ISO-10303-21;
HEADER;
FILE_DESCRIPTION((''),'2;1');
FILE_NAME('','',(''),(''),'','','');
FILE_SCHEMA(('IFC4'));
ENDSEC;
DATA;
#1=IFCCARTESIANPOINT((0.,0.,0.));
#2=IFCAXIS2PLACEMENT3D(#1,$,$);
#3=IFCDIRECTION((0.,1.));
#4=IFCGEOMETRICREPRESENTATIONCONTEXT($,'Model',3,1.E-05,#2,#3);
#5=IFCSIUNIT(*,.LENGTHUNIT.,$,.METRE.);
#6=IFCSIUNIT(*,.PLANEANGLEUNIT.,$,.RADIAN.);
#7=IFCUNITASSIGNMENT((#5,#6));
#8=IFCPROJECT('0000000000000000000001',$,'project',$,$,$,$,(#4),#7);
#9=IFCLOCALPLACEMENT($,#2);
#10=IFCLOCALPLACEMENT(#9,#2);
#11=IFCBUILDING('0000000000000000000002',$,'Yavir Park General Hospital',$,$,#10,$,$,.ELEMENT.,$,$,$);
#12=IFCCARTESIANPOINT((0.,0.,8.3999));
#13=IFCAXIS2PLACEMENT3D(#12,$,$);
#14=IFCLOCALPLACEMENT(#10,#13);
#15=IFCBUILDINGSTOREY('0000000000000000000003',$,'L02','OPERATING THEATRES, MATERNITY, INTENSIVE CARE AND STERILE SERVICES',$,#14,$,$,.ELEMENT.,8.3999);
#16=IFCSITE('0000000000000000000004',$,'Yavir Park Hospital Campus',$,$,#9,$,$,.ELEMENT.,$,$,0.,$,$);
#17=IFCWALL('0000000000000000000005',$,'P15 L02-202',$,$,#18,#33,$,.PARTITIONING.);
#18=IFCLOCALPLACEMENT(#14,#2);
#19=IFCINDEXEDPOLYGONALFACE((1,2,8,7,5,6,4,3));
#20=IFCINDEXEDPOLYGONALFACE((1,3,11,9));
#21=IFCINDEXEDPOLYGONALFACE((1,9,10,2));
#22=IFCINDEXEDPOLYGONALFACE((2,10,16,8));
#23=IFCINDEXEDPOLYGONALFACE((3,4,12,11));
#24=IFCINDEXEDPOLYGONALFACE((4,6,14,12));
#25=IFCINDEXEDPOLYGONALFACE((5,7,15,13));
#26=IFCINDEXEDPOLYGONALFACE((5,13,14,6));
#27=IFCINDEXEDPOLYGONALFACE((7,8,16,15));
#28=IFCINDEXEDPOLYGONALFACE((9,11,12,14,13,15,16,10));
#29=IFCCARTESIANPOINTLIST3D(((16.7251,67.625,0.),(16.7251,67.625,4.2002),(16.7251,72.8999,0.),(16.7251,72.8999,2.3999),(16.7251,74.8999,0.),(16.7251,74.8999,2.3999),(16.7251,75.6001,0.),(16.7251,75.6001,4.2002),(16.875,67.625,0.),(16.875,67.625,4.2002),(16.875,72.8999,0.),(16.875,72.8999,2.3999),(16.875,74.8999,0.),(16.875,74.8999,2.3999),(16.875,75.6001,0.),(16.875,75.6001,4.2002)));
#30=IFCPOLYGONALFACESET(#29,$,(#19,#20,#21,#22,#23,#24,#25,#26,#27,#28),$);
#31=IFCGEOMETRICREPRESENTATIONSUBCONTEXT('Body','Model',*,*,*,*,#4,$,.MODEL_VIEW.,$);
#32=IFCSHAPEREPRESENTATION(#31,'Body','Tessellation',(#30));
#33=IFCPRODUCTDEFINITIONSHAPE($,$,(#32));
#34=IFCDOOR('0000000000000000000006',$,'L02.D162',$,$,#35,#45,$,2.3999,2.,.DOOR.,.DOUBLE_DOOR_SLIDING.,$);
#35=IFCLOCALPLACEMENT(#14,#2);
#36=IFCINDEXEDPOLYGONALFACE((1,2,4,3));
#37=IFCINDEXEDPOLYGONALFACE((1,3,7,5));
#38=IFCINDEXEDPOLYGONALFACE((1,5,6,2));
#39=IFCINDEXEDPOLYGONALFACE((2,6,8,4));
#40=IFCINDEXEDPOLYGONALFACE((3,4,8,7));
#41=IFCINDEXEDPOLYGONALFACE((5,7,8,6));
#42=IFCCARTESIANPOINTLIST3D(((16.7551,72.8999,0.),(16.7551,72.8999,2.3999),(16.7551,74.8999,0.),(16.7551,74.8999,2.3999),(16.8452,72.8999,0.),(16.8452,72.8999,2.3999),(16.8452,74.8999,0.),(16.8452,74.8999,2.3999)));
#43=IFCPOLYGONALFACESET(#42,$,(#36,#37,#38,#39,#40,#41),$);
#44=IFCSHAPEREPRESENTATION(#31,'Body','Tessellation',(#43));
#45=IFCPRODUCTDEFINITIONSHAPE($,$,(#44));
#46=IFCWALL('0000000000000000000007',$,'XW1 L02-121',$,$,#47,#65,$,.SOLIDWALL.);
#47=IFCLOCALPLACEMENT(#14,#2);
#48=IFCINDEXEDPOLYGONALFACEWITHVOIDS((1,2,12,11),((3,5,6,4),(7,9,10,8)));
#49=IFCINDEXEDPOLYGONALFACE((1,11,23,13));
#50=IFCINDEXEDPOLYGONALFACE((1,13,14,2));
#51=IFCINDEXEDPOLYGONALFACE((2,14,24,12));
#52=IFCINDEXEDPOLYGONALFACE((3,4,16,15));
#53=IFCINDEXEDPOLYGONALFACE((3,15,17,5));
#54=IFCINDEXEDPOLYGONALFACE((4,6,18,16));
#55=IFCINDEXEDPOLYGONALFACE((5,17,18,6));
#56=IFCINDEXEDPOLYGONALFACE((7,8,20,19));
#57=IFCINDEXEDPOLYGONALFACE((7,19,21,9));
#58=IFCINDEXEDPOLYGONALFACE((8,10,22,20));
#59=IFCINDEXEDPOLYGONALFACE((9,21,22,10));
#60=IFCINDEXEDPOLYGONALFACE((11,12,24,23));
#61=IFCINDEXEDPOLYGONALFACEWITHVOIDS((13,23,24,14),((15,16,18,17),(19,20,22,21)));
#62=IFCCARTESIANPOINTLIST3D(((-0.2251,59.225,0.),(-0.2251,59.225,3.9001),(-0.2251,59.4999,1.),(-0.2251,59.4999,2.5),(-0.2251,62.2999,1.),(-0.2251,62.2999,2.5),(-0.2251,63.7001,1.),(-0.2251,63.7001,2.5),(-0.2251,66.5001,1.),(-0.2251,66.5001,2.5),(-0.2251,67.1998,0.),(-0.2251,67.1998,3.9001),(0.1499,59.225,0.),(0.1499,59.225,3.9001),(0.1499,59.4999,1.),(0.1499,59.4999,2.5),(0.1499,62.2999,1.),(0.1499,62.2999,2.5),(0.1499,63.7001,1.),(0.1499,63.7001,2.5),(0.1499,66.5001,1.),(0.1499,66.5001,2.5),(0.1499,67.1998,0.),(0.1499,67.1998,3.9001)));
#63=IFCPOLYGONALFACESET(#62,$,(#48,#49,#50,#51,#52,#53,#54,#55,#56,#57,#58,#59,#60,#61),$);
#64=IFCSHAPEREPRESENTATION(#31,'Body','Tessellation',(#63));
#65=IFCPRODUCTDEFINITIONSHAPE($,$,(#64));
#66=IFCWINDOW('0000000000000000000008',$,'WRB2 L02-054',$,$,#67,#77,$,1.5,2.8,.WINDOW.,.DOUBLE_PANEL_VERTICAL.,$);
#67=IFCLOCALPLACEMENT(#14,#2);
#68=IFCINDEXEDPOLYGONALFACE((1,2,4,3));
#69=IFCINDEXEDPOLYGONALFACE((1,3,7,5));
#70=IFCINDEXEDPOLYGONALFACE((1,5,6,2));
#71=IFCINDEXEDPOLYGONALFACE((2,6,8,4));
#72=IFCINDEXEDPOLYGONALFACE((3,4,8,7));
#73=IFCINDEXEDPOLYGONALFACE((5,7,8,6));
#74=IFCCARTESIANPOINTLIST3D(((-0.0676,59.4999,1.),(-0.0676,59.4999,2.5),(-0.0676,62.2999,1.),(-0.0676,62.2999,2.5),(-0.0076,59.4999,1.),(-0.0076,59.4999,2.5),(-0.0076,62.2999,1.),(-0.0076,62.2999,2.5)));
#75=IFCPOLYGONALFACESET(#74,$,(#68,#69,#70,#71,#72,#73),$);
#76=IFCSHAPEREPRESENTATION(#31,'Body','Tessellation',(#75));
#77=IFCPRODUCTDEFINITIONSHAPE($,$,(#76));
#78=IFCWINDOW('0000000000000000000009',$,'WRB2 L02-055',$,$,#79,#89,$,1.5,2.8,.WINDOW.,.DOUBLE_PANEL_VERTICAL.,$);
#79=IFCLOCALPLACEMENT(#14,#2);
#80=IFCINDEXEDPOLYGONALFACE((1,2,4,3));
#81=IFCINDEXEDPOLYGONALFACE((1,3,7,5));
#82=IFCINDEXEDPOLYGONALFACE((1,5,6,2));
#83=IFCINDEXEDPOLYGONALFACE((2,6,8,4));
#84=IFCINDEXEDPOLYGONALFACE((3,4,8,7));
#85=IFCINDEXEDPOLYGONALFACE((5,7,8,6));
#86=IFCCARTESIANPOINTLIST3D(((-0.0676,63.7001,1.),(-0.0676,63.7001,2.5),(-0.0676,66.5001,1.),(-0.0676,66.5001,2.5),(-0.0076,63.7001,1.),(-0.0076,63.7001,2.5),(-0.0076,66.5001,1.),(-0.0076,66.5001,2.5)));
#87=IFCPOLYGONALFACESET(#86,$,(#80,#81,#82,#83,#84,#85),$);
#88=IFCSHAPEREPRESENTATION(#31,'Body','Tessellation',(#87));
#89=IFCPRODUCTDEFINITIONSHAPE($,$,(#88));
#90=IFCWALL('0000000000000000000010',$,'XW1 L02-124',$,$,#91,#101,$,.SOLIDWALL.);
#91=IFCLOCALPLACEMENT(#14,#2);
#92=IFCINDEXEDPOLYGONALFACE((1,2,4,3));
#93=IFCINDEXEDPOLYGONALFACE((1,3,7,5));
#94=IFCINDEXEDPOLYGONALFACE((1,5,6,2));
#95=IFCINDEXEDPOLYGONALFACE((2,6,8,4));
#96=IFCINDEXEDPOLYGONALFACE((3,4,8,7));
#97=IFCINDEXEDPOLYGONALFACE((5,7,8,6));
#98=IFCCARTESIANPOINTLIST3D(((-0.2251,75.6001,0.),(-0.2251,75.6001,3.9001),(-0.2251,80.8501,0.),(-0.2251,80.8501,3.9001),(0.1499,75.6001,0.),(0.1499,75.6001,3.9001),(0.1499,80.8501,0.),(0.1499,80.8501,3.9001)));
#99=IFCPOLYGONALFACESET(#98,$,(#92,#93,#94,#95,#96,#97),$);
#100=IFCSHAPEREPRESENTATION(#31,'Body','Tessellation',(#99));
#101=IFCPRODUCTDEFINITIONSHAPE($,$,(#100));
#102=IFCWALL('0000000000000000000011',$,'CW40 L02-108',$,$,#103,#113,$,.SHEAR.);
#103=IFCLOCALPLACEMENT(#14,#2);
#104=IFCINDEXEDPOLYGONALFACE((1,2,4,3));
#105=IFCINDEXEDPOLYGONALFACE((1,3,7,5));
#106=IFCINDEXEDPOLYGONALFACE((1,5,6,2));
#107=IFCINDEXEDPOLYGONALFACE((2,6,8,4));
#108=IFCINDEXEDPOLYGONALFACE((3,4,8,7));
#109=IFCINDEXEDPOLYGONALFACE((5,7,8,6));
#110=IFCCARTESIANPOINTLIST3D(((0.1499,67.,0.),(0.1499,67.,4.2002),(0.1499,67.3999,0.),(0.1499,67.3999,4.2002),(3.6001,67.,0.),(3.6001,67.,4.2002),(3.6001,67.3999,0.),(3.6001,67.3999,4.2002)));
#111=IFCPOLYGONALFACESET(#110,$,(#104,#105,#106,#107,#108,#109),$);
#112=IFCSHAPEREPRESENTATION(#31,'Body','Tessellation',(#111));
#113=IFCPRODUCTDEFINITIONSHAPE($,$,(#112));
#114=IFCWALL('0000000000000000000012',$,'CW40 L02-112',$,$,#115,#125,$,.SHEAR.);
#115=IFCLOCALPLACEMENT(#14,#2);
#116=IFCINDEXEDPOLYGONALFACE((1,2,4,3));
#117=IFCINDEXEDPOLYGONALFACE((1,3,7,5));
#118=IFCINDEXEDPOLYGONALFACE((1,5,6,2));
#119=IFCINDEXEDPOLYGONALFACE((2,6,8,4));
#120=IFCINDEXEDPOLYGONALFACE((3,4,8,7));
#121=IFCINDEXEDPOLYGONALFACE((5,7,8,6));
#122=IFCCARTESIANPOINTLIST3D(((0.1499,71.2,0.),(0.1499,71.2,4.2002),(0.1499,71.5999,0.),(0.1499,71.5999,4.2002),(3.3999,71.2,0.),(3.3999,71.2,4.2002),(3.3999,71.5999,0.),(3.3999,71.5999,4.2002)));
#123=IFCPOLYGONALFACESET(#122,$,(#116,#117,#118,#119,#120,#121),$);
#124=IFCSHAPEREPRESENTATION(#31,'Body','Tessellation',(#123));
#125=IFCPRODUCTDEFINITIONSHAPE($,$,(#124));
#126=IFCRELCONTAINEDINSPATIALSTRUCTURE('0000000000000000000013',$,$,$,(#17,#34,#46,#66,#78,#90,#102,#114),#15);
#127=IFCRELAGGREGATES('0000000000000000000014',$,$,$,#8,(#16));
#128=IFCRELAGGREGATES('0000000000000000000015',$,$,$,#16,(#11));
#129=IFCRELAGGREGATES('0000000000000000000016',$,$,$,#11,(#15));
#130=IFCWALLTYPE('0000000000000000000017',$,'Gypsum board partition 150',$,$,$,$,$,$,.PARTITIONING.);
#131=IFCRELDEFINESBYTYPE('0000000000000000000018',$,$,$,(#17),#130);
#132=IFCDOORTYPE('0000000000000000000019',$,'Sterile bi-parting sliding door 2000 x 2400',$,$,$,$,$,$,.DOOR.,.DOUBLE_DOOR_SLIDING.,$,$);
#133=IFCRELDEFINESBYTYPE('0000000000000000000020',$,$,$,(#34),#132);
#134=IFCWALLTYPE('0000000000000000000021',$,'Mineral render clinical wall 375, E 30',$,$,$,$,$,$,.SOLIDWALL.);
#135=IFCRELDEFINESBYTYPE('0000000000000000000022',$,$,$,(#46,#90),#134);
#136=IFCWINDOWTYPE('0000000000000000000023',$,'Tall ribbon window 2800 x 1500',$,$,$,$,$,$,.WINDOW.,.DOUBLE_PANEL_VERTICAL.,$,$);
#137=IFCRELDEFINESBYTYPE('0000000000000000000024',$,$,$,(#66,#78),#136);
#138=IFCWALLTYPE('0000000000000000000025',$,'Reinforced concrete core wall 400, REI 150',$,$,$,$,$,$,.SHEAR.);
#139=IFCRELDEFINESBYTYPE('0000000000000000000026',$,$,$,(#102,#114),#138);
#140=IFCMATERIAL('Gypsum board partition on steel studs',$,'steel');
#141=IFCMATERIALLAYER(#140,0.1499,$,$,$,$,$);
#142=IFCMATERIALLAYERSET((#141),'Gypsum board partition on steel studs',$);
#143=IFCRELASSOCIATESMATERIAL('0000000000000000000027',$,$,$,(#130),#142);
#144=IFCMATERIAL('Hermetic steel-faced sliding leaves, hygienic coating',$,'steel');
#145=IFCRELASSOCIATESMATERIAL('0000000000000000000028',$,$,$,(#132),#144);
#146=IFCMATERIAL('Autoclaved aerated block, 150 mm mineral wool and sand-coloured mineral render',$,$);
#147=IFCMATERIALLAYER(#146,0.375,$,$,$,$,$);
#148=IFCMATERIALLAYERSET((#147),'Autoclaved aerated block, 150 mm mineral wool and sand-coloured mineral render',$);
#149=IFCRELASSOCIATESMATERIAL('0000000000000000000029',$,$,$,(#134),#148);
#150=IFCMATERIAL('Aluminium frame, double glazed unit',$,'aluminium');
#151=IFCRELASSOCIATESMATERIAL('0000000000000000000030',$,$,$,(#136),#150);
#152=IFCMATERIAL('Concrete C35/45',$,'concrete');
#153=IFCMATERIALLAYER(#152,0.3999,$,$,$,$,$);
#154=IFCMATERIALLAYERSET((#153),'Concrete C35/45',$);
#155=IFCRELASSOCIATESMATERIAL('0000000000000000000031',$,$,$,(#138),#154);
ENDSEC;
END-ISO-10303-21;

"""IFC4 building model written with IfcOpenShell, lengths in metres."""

from ifc_helpers import new_model, si_unit, direction, frame, frame_2d, origin, place, context, subcontext, project, spatial, rectangle, extrude, material, layer, layer_set, type_object, element, fill, save


model = new_model("IFC4")

# Units and contexts
model_context = context("Model", 3, precision=1e-05, world=origin(), true_north=direction((0.0, 1.0)))
body_context = subcontext(model_context, "Body", "Model", "MODEL_VIEW")
ifc_project = project(units=[si_unit("LENGTHUNIT", "METRE"), si_unit("PLANEANGLEUNIT", "RADIAN")], contexts=[model_context])

# Site, building, storey
site_placement = place(None, origin())
site = spatial("IfcSite", under=ifc_project, at=site_placement, Name="Yavir Park Hospital Campus", CompositionType="ELEMENT", RefElevation=0.0)
building_placement = place(site_placement, origin())
building = spatial("IfcBuilding", under=site, at=building_placement, Name="Yavir Park General Hospital", CompositionType="ELEMENT")
storey_placement = place(building_placement, frame((0.0, 0.0, 8.3999)))
storey = spatial("IfcBuildingStorey", under=building, at=storey_placement, Name="L02", Description="OPERATING THEATRES, MATERNITY, INTENSIVE CARE AND STERILE SERVICES", CompositionType="ELEMENT", Elevation=8.3999)

# Shared definitions
ifc_material_1 = material(Name="Gypsum board partition on steel studs", Category="steel")
ifc_layer_1 = layer(ifc_material_1, 0.1499)
ifc_layer_set_1 = layer_set([ifc_layer_1], Name="Gypsum board partition on steel studs")
wall_type_1 = type_object("IfcWallType", Name="Gypsum board partition 150", PredefinedType="PARTITIONING", material=ifc_layer_set_1)

# Wall, opening, door
wall_1_placement = place(storey_placement, frame((16.8, 67.625, 0.0), z_axis=(0.0, 0.0, 1.0), x_axis=(0.0, 1.0, 0.0)))
wall_1 = element("IfcWall", 1, at=wall_1_placement, inside=storey, type_object=wall_type_1, Name="P15 L02-202", PredefinedType="PARTITIONING", context=body_context, shape_type="SweptSolid", body=[
    extrude(rectangle(XDim=7.9751, YDim=0.1499, at=frame_2d((3.9875, 0.0))), origin(), (0.0, 0.0, 1.0), 4.2002),
])
opening_1_placement = place(wall_1_placement, frame((5.2749, 0.0, 0.0)))
opening_1 = element("IfcOpeningElement", 2, at=opening_1_placement, cuts=wall_1, PredefinedType="OPENING", context=body_context, shape_type="SweptSolid", body=[
    extrude(rectangle(XDim=2.0, YDim=2.3999, at=frame_2d((1.0, 1.2))), frame((0.0, 0.085, 0.0), z_axis=(0.0, -1.0, 0.0), x_axis=(1.0, 0.0, 0.0)), (0.0, 0.0, 1.0), 0.1699),
])
ifc_material_2 = material(Name="Hermetic steel-faced sliding leaves, hygienic coating", Category="steel")
door_type_1 = type_object("IfcDoorType", Name="Sterile bi-parting sliding door 2000 x 2400", OperationType="DOUBLE_DOOR_SLIDING", PredefinedType="DOOR", material=ifc_material_2)
door_1_placement = place(opening_1_placement, origin())
door_1 = element("IfcDoor", 3, at=door_1_placement, inside=storey, type_object=door_type_1, Name="L02.D162", OperationType="DOUBLE_DOOR_SLIDING", OverallHeight=2.3999, OverallWidth=2.0, PredefinedType="DOOR", context=body_context, shape_type="SweptSolid", body=[
    extrude(rectangle(XDim=2.0, YDim=2.3999, at=frame_2d((1.0, 1.2))), frame((0.0, 0.0449, 0.0), z_axis=(0.0, -1.0, 0.0), x_axis=(1.0, 0.0, 0.0)), (0.0, 0.0, 1.0), 0.0901),
])
fill(opening_1, door_1)

# Wall, openings, windows
ifc_material_3 = material(Name="Autoclaved aerated block, 150 mm mineral wool and sand-coloured mineral render")
ifc_layer_2 = layer(ifc_material_3, 0.375)
ifc_layer_set_2 = layer_set([ifc_layer_2], Name="Autoclaved aerated block, 150 mm mineral wool and sand-coloured mineral render")
wall_type_2 = type_object("IfcWallType", Name="Mineral render clinical wall 375, E 30", PredefinedType="SOLIDWALL", material=ifc_layer_set_2)
wall_2_placement = place(storey_placement, frame((-0.0376, 59.2251, 0.0), z_axis=(0.0, 0.0, 1.0), x_axis=(0.0, 1.0, 0.0)))
wall_2 = element("IfcWall", 4, at=wall_2_placement, inside=storey, type_object=wall_type_2, Name="XW1 L02-121", PredefinedType="SOLIDWALL", context=body_context, shape_type="SweptSolid", body=[
    extrude(rectangle(XDim=7.9749, YDim=0.375, at=frame_2d((3.9873, 0.0))), origin(), (0.0, 0.0, 1.0), 3.9001),
])
opening_2_placement = place(wall_2_placement, frame((0.2749, 0.0, 1.0)))
opening_2 = element("IfcOpeningElement", 5, at=opening_2_placement, cuts=wall_2, PredefinedType="OPENING", context=body_context, shape_type="SweptSolid", body=[
    extrude(rectangle(XDim=2.8, YDim=1.5, at=frame_2d((1.3999, 0.75))), frame((0.0, 0.1975, 0.0), z_axis=(0.0, -1.0, 0.0), x_axis=(1.0, 0.0, 0.0)), (0.0, 0.0, 1.0), 0.395),
])
opening_3_placement = place(wall_2_placement, frame((4.4751, 0.0, 1.0)))
opening_3 = element("IfcOpeningElement", 6, at=opening_3_placement, cuts=wall_2, PredefinedType="OPENING", context=body_context, shape_type="SweptSolid", body=[
    extrude(rectangle(XDim=2.8, YDim=1.5, at=frame_2d((1.3999, 0.75))), frame((0.0, 0.1975, 0.0), z_axis=(0.0, -1.0, 0.0), x_axis=(1.0, 0.0, 0.0)), (0.0, 0.0, 1.0), 0.395),
])
ifc_material_4 = material(Name="Aluminium frame, double glazed unit", Category="aluminium")
window_type = type_object("IfcWindowType", Name="Tall ribbon window 2800 x 1500", PartitioningType="DOUBLE_PANEL_VERTICAL", PredefinedType="WINDOW", material=ifc_material_4)
window_1_placement = place(opening_2_placement, origin())
window_1 = element("IfcWindow", 7, at=window_1_placement, inside=storey, type_object=window_type, Name="WRB2 L02-054", OverallHeight=1.5, OverallWidth=2.8, PartitioningType="DOUBLE_PANEL_VERTICAL", PredefinedType="WINDOW", context=body_context, shape_type="SweptSolid", body=[
    extrude(rectangle(XDim=2.8, YDim=1.5, at=frame_2d((1.3999, 0.75))), frame((0.0, 0.03, 0.0), z_axis=(0.0, -1.0, 0.0), x_axis=(1.0, 0.0, 0.0)), (0.0, 0.0, 1.0), 0.0601),
])
fill(opening_2, window_1)
window_2_placement = place(opening_3_placement, origin())
window_2 = element("IfcWindow", 8, at=window_2_placement, inside=storey, type_object=window_type, Name="WRB2 L02-055", OverallHeight=1.5, OverallWidth=2.8, PartitioningType="DOUBLE_PANEL_VERTICAL", PredefinedType="WINDOW", context=body_context, shape_type="SweptSolid", body=[
    extrude(rectangle(XDim=2.8, YDim=1.5, at=frame_2d((1.3999, 0.75))), frame((0.0, 0.03, 0.0), z_axis=(0.0, -1.0, 0.0), x_axis=(1.0, 0.0, 0.0)), (0.0, 0.0, 1.0), 0.0601),
])
fill(opening_3, window_2)

# Walls
wall_3_placement = place(storey_placement, frame((-0.0376, 75.6001, 0.0), z_axis=(0.0, 0.0, 1.0), x_axis=(0.0, 1.0, 0.0)))
element("IfcWall", 9, at=wall_3_placement, inside=storey, type_object=wall_type_2, Name="XW1 L02-124", PredefinedType="SOLIDWALL", context=body_context, shape_type="SweptSolid", body=[
    extrude(rectangle(XDim=5.25, YDim=0.375, at=frame_2d((2.625, 0.0))), origin(), (0.0, 0.0, 1.0), 3.9001),
])
ifc_material_5 = material(Name="Concrete C35/45", Category="concrete")
ifc_layer_3 = layer(ifc_material_5, 0.3999)
ifc_layer_set_3 = layer_set([ifc_layer_3], Name="Concrete C35/45")
wall_type_3 = type_object("IfcWallType", Name="Reinforced concrete core wall 400, REI 150", PredefinedType="SHEAR", material=ifc_layer_set_3)
wall_4_placement = place(storey_placement, frame((0.1499, 67.2, 0.0), z_axis=(0.0, 0.0, 1.0), x_axis=(1.0, 0.0, 0.0)))
element("IfcWall", 10, at=wall_4_placement, inside=storey, type_object=wall_type_3, Name="CW40 L02-108", PredefinedType="SHEAR", context=body_context, shape_type="SweptSolid", body=[
    extrude(rectangle(XDim=3.4502, YDim=0.3999, at=frame_2d((1.7251, 0.0))), origin(), (0.0, 0.0, 1.0), 4.2002),
])
wall_5_placement = place(storey_placement, frame((0.1499, 71.3999, 0.0), z_axis=(0.0, 0.0, 1.0), x_axis=(1.0, 0.0, 0.0)))
element("IfcWall", 11, at=wall_5_placement, inside=storey, type_object=wall_type_3, Name="CW40 L02-112", PredefinedType="SHEAR", context=body_context, shape_type="SweptSolid", body=[
    extrude(rectangle(XDim=3.25, YDim=0.3999, at=frame_2d((1.625, 0.0))), origin(), (0.0, 0.0, 1.0), 4.2002),
])

save(model, "model.ifc")
